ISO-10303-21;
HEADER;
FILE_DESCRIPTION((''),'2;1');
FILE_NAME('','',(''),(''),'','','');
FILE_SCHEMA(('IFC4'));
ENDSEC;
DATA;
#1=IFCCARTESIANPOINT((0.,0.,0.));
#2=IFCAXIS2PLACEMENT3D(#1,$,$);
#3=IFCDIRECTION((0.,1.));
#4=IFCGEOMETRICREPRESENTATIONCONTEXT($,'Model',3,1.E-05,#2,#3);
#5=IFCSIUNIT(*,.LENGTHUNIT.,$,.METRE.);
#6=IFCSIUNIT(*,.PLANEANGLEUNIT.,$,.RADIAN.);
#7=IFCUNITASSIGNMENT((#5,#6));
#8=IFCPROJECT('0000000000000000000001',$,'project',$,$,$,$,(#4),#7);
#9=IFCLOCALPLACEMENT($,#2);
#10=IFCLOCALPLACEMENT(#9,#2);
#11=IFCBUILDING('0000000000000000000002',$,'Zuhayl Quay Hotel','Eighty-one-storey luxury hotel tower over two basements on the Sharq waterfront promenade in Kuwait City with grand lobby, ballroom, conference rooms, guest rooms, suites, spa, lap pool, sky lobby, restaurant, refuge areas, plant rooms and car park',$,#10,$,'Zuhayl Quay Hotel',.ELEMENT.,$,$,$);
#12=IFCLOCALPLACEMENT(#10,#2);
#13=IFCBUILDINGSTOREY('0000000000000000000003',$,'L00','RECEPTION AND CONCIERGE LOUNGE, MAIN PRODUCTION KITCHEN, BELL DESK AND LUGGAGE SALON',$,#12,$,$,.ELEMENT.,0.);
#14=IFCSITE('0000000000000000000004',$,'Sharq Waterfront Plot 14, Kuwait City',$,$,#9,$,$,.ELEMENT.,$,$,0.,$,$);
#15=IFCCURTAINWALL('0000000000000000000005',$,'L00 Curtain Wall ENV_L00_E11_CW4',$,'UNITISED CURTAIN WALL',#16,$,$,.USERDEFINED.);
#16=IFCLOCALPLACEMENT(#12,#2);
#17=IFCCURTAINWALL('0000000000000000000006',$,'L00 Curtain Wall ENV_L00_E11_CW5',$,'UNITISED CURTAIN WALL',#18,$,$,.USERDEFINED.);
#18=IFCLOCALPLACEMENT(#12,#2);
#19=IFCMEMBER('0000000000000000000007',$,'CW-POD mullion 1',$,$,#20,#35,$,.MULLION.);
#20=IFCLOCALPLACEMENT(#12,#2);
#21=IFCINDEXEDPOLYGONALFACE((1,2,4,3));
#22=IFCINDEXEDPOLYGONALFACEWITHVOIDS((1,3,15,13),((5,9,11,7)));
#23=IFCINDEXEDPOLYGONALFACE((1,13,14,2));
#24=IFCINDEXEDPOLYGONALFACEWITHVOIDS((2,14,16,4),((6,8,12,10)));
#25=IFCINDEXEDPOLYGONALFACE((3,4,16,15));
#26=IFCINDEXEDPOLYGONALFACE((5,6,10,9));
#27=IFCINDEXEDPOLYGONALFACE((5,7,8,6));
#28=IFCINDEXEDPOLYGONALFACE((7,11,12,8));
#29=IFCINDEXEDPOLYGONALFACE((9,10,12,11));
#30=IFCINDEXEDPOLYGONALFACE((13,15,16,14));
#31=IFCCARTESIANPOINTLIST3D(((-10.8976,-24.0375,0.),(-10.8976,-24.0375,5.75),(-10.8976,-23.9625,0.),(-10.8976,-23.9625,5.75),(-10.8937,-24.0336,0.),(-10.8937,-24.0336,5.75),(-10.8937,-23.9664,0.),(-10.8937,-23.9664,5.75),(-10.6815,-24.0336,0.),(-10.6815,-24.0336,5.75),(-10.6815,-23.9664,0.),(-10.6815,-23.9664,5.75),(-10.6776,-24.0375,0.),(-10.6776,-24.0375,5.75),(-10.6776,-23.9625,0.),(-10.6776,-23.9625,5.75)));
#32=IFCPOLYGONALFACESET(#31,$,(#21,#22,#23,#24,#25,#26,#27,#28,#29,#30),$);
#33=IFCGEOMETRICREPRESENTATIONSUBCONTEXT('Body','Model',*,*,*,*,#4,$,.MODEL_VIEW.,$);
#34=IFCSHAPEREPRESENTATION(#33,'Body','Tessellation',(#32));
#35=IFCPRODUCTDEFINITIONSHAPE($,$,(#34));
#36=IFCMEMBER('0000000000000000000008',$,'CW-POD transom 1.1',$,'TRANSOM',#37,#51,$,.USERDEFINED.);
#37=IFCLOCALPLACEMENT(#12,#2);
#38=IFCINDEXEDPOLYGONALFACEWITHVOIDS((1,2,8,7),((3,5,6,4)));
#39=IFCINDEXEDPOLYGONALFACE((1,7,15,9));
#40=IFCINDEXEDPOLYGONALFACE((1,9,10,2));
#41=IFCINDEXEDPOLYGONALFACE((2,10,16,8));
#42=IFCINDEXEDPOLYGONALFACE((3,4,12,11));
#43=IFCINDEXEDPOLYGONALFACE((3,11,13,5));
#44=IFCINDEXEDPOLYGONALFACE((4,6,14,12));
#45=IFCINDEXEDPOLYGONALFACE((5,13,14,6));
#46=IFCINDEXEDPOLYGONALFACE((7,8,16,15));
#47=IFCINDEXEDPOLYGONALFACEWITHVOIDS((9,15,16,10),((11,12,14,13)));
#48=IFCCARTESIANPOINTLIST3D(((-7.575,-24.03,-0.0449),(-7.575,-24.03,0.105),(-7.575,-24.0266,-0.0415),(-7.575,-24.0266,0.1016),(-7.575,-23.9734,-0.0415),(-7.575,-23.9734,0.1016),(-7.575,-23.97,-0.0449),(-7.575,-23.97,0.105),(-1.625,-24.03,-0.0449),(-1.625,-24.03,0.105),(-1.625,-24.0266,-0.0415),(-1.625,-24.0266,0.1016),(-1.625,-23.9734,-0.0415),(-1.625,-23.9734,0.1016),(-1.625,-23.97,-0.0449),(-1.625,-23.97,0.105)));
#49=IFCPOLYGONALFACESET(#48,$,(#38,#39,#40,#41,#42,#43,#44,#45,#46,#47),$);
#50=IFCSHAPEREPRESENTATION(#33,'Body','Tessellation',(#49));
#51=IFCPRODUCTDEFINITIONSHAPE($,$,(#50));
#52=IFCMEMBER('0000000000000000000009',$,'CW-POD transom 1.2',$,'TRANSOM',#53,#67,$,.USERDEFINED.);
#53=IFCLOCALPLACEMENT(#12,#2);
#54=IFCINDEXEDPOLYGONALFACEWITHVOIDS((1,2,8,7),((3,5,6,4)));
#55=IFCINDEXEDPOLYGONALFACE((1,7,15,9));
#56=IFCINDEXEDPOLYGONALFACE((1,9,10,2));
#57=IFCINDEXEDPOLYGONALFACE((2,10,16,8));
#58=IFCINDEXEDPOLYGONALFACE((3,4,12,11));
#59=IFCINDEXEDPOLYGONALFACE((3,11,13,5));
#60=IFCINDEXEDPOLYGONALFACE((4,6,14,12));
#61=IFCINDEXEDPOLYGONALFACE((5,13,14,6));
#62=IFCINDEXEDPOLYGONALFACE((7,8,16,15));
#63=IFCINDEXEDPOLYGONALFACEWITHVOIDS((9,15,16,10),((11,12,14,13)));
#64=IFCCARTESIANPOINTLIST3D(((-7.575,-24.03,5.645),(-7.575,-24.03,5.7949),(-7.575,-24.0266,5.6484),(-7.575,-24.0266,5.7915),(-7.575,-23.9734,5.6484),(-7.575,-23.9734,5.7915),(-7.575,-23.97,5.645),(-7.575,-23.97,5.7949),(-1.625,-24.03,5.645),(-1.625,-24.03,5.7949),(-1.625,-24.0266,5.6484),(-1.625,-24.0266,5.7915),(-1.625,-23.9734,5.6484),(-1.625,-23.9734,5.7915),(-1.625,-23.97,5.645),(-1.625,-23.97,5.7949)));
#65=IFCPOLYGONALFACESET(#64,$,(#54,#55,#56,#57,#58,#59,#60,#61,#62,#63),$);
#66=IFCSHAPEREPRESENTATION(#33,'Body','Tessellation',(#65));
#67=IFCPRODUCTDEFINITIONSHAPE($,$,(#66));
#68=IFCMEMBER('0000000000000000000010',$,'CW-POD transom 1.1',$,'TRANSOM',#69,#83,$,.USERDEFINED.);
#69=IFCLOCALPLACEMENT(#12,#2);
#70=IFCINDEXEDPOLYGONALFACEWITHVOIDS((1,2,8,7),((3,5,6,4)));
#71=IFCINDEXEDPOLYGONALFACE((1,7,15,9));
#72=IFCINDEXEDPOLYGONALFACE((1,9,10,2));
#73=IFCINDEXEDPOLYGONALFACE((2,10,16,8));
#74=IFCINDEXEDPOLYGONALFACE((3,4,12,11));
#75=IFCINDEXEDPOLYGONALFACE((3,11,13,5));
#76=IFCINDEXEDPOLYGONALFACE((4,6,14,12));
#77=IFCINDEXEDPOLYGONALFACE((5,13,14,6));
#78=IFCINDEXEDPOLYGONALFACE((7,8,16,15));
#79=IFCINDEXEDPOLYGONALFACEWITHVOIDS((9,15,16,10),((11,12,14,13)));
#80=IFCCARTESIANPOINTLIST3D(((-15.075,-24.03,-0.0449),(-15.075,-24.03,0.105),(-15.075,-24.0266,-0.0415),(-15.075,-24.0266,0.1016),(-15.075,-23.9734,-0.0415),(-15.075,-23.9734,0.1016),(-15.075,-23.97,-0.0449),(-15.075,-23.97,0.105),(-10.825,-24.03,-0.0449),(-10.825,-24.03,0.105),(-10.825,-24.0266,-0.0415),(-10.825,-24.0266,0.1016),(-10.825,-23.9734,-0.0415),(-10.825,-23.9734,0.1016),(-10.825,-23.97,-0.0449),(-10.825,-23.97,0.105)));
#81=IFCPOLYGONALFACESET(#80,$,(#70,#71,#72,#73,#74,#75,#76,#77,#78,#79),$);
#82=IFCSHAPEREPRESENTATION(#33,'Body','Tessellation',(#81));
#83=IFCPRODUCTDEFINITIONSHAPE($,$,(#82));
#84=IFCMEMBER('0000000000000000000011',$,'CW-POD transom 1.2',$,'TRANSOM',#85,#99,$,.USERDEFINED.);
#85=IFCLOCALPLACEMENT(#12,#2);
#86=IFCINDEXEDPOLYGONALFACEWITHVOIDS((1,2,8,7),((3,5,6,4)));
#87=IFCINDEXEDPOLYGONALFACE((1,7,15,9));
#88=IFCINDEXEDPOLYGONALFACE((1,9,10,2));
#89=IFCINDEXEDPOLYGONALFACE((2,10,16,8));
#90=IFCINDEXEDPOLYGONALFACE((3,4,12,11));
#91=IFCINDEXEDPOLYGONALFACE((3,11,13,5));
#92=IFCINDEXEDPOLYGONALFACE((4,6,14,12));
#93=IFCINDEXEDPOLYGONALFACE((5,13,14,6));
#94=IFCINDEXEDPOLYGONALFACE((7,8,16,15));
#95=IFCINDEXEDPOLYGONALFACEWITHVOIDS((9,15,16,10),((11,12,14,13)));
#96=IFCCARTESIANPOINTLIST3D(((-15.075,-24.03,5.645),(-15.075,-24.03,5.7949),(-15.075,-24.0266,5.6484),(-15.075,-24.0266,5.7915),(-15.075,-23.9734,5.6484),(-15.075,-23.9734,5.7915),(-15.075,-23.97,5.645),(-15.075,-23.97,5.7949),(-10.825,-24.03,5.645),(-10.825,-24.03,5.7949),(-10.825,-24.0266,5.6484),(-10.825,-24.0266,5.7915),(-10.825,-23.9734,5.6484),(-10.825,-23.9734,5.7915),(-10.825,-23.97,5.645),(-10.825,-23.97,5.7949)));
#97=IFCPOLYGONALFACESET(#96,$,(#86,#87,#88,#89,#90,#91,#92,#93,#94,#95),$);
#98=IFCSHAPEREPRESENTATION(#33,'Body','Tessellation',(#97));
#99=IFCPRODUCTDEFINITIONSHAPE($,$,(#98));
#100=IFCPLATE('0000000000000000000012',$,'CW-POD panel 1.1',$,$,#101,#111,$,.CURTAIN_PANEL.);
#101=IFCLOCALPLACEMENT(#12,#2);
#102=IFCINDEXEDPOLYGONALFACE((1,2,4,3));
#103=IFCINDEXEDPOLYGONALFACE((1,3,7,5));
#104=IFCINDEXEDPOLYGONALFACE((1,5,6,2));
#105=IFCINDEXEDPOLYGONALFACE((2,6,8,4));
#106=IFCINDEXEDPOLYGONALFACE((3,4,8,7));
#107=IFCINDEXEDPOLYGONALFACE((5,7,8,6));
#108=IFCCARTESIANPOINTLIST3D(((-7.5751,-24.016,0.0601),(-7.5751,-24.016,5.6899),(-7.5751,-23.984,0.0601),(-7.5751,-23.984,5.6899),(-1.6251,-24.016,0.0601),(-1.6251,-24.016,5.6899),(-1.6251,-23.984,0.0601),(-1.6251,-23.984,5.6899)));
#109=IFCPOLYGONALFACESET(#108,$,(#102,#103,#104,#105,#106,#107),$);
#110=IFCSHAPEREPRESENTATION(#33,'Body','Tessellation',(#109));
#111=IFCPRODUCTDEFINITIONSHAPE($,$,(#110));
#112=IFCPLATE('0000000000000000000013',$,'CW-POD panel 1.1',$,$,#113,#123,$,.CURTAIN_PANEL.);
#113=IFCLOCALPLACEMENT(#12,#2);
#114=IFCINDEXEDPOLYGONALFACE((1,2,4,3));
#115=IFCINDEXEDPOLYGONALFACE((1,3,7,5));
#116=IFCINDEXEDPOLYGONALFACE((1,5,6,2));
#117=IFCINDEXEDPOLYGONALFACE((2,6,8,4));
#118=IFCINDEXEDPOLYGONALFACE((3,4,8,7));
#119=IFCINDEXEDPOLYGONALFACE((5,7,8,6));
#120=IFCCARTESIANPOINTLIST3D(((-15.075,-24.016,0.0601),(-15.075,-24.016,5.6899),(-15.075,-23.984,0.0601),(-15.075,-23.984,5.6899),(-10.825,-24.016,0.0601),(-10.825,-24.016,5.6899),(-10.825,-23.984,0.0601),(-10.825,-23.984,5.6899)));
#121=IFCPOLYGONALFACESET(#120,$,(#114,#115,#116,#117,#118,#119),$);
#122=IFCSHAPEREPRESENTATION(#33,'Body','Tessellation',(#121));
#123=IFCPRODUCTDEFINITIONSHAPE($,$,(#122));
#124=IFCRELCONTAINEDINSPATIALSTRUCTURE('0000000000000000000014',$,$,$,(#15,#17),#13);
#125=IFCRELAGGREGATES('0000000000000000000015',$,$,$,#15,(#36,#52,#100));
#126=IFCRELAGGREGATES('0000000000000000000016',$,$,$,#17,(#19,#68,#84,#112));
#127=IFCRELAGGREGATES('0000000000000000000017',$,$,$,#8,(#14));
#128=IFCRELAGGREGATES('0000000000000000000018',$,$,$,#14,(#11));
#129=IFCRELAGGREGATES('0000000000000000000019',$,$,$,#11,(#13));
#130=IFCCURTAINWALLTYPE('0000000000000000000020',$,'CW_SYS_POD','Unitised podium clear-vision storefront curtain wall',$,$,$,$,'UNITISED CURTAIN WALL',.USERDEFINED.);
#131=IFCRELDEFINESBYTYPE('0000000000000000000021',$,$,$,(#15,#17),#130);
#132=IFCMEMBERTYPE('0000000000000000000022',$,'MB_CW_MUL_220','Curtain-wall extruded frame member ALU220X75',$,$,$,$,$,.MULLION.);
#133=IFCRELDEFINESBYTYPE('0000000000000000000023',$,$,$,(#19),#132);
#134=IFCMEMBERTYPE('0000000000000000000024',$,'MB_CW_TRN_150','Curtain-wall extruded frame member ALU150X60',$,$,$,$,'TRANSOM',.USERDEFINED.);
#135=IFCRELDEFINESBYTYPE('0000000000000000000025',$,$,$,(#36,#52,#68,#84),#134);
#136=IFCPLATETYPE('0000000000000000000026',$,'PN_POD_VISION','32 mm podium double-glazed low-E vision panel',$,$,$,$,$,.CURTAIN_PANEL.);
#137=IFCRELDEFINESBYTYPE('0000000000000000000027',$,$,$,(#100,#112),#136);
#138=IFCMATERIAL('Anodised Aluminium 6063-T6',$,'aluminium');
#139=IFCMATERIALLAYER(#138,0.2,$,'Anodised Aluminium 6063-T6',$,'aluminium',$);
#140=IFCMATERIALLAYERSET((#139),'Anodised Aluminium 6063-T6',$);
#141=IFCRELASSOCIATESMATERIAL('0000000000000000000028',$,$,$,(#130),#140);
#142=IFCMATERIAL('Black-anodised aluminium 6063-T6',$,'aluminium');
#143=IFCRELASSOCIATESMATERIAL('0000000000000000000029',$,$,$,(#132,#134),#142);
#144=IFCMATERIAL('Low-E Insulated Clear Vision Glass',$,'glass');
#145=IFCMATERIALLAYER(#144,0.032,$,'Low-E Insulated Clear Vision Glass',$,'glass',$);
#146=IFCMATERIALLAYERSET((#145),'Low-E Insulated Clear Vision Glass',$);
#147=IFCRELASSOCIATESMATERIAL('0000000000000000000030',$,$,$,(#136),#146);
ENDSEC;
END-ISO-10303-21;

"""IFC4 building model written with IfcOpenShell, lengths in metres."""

from ifc_helpers import new_model, si_unit, direction, frame, origin, origin_2d, place, context, subcontext, project, spatial, rectangle, hollow_rectangle, extrude, material, layer, layer_set, material_profile, profile_set, type_object, element, aggregate, save


model = new_model("IFC4")

# Units and contexts
model_context = context("Model", 3, precision=1e-05, world=origin(), true_north=direction((0.0, 1.0)))
body_context = subcontext(model_context, "Body", "Model", "MODEL_VIEW")
ifc_project = project(units=[si_unit("LENGTHUNIT", "METRE"), si_unit("PLANEANGLEUNIT", "RADIAN")], contexts=[model_context])

# Site, building, storey
site_placement = place(None, origin())
site = spatial("IfcSite", under=ifc_project, at=site_placement, Name="Sharq Waterfront Plot 14, Kuwait City", CompositionType="ELEMENT", RefElevation=0.0)
building_placement = place(site_placement, origin())
building = spatial("IfcBuilding", under=site, at=building_placement, Name="Zuhayl Quay Hotel", Description="Eighty-one-storey luxury hotel tower over two basements on the Sharq waterfront promenade in Kuwait City with grand lobby, ballroom, conference rooms, guest rooms, suites, spa, lap pool, sky lobby, restaurant, refuge areas, plant rooms and car park", LongName="Zuhayl Quay Hotel", CompositionType="ELEMENT")
storey_placement = place(building_placement, origin())
storey = spatial("IfcBuildingStorey", under=building, at=storey_placement, Name="L00", Description="RECEPTION AND CONCIERGE LOUNGE, MAIN PRODUCTION KITCHEN, BELL DESK AND LUGGAGE SALON", CompositionType="ELEMENT", Elevation=0.0)

# Curtain wall
ifc_material_1 = material(Name="Anodised Aluminium 6063-T6", Category="aluminium")
ifc_layer_1 = layer(ifc_material_1, 0.2, Name="Anodised Aluminium 6063-T6", Category="aluminium")
ifc_layer_set_1 = layer_set([ifc_layer_1], Name="Anodised Aluminium 6063-T6")
curtain_wall_type = type_object("IfcCurtainWallType", Name="CW_SYS_POD", Description="Unitised podium clear-vision storefront curtain wall", ElementType="UNITISED CURTAIN WALL", PredefinedType="USERDEFINED", material=ifc_layer_set_1)
curtain_wall_1_placement = place(storey_placement, origin())
curtain_wall_1 = element("IfcCurtainWall", 1, at=curtain_wall_1_placement, inside=storey, type_object=curtain_wall_type, Name="L00 Curtain Wall ENV_L00_E11_CW4", ObjectType="UNITISED CURTAIN WALL", PredefinedType="USERDEFINED")
ifc_material_2 = material(Name="Black-anodised aluminium 6063-T6", Category="aluminium")
ifc_material_profile_1 = material_profile(ifc_material_2, hollow_rectangle(XDim=0.075, YDim=0.22, WallThickness=0.0039, at=origin_2d()), Name="ALU220X75")
ifc_profile_set_1 = profile_set([ifc_material_profile_1], Name="Black-anodised aluminium 6063-T6")
member_type_1 = type_object("IfcMemberType", Name="MB_CW_MUL_220", Description="Curtain-wall extruded frame member ALU220X75", PredefinedType="MULLION", material=ifc_profile_set_1)

# Curtain wall, member
curtain_wall_2_placement = place(storey_placement, origin())
curtain_wall_2 = element("IfcCurtainWall", 2, at=curtain_wall_2_placement, inside=storey, type_object=curtain_wall_type, Name="L00 Curtain Wall ENV_L00_E11_CW5", ObjectType="UNITISED CURTAIN WALL", PredefinedType="USERDEFINED")
member_1_placement = place(storey_placement, frame((-10.7876, -24.0, 0.0), z_axis=(0.0, 0.0, 1.0), x_axis=(0.0, -1.0, 0.0)))
member_1 = element("IfcMember", 3, at=member_1_placement, type_object=member_type_1, Name="CW-POD mullion 1", PredefinedType="MULLION", context=body_context, shape_type="SweptSolid", body=[
    extrude(hollow_rectangle(XDim=0.075, YDim=0.22, WallThickness=0.0039, at=origin_2d()), origin(), (0.0, 0.0, 1.0), 5.75),
])

# Members
ifc_material_profile_2 = material_profile(ifc_material_2, hollow_rectangle(XDim=0.0601, YDim=0.1499, WallThickness=0.0034, at=origin_2d()), Name="ALU150X60")
ifc_profile_set_2 = profile_set([ifc_material_profile_2], Name="Black-anodised aluminium 6063-T6")
member_type_2 = type_object("IfcMemberType", Name="MB_CW_TRN_150", Description="Curtain-wall extruded frame member ALU150X60", ElementType="TRANSOM", PredefinedType="USERDEFINED", material=ifc_profile_set_2)
member_2_placement = place(storey_placement, frame((-1.625, -24.0, 0.03), z_axis=(-1.0, 0.0, 0.0), x_axis=(0.0, -1.0, 0.0)))
member_2 = element("IfcMember", 4, at=member_2_placement, type_object=member_type_2, Name="CW-POD transom 1.1", ObjectType="TRANSOM", PredefinedType="USERDEFINED", context=body_context, shape_type="SweptSolid", body=[
    extrude(hollow_rectangle(XDim=0.0601, YDim=0.1499, WallThickness=0.0034, at=origin_2d()), origin(), (0.0, 0.0, 1.0), 5.95),
])
member_3_placement = place(storey_placement, frame((-1.625, -24.0, 5.72), z_axis=(-1.0, 0.0, 0.0), x_axis=(0.0, -1.0, 0.0)))
member_3 = element("IfcMember", 5, at=member_3_placement, type_object=member_type_2, Name="CW-POD transom 1.2", ObjectType="TRANSOM", PredefinedType="USERDEFINED", context=body_context, shape_type="SweptSolid", body=[
    extrude(hollow_rectangle(XDim=0.0601, YDim=0.1499, WallThickness=0.0034, at=origin_2d()), origin(), (0.0, 0.0, 1.0), 5.95),
])
member_4_placement = place(storey_placement, frame((-10.825, -24.0, 0.03), z_axis=(-1.0, 0.0, 0.0), x_axis=(0.0, -1.0, 0.0)))
member_4 = element("IfcMember", 6, at=member_4_placement, type_object=member_type_2, Name="CW-POD transom 1.1", ObjectType="TRANSOM", PredefinedType="USERDEFINED", context=body_context, shape_type="SweptSolid", body=[
    extrude(hollow_rectangle(XDim=0.0601, YDim=0.1499, WallThickness=0.0034, at=origin_2d()), origin(), (0.0, 0.0, 1.0), 4.25),
])
member_5_placement = place(storey_placement, frame((-10.825, -24.0, 5.72), z_axis=(-1.0, 0.0, 0.0), x_axis=(0.0, -1.0, 0.0)))
member_5 = element("IfcMember", 7, at=member_5_placement, type_object=member_type_2, Name="CW-POD transom 1.2", ObjectType="TRANSOM", PredefinedType="USERDEFINED", context=body_context, shape_type="SweptSolid", body=[
    extrude(hollow_rectangle(XDim=0.0601, YDim=0.1499, WallThickness=0.0034, at=origin_2d()), origin(), (0.0, 0.0, 1.0), 4.25),
])

# Plates
ifc_material_3 = material(Name="Low-E Insulated Clear Vision Glass", Category="glass")
ifc_layer_2 = layer(ifc_material_3, 0.032, Name="Low-E Insulated Clear Vision Glass", Category="glass")
ifc_layer_set_2 = layer_set([ifc_layer_2], Name="Low-E Insulated Clear Vision Glass")
plate_type = type_object("IfcPlateType", Name="PN_POD_VISION", Description="32 mm podium double-glazed low-E vision panel", PredefinedType="CURTAIN_PANEL", material=ifc_layer_set_2)
plate_1_placement = place(storey_placement, frame((-4.6001, -24.0, 0.0601), z_axis=(0.0, 0.0, 1.0), x_axis=(-1.0, 0.0, 0.0)))
plate_1 = element("IfcPlate", 8, at=plate_1_placement, type_object=plate_type, Name="CW-POD panel 1.1", PredefinedType="CURTAIN_PANEL", context=body_context, shape_type="SweptSolid", body=[
    extrude(rectangle(XDim=5.95, YDim=0.032, at=origin_2d()), origin(), (0.0, 0.0, 1.0), 5.6299),
])
aggregate(curtain_wall_1, [member_2, member_3, plate_1])
plate_2_placement = place(storey_placement, frame((-12.95, -24.0, 0.0601), z_axis=(0.0, 0.0, 1.0), x_axis=(-1.0, 0.0, 0.0)))
plate_2 = element("IfcPlate", 9, at=plate_2_placement, type_object=plate_type, Name="CW-POD panel 1.1", PredefinedType="CURTAIN_PANEL", context=body_context, shape_type="SweptSolid", body=[
    extrude(rectangle(XDim=4.25, YDim=0.032, at=origin_2d()), origin(), (0.0, 0.0, 1.0), 5.6299),
])
aggregate(curtain_wall_2, [member_1, member_4, member_5, plate_2])

save(model, "model.ifc")
